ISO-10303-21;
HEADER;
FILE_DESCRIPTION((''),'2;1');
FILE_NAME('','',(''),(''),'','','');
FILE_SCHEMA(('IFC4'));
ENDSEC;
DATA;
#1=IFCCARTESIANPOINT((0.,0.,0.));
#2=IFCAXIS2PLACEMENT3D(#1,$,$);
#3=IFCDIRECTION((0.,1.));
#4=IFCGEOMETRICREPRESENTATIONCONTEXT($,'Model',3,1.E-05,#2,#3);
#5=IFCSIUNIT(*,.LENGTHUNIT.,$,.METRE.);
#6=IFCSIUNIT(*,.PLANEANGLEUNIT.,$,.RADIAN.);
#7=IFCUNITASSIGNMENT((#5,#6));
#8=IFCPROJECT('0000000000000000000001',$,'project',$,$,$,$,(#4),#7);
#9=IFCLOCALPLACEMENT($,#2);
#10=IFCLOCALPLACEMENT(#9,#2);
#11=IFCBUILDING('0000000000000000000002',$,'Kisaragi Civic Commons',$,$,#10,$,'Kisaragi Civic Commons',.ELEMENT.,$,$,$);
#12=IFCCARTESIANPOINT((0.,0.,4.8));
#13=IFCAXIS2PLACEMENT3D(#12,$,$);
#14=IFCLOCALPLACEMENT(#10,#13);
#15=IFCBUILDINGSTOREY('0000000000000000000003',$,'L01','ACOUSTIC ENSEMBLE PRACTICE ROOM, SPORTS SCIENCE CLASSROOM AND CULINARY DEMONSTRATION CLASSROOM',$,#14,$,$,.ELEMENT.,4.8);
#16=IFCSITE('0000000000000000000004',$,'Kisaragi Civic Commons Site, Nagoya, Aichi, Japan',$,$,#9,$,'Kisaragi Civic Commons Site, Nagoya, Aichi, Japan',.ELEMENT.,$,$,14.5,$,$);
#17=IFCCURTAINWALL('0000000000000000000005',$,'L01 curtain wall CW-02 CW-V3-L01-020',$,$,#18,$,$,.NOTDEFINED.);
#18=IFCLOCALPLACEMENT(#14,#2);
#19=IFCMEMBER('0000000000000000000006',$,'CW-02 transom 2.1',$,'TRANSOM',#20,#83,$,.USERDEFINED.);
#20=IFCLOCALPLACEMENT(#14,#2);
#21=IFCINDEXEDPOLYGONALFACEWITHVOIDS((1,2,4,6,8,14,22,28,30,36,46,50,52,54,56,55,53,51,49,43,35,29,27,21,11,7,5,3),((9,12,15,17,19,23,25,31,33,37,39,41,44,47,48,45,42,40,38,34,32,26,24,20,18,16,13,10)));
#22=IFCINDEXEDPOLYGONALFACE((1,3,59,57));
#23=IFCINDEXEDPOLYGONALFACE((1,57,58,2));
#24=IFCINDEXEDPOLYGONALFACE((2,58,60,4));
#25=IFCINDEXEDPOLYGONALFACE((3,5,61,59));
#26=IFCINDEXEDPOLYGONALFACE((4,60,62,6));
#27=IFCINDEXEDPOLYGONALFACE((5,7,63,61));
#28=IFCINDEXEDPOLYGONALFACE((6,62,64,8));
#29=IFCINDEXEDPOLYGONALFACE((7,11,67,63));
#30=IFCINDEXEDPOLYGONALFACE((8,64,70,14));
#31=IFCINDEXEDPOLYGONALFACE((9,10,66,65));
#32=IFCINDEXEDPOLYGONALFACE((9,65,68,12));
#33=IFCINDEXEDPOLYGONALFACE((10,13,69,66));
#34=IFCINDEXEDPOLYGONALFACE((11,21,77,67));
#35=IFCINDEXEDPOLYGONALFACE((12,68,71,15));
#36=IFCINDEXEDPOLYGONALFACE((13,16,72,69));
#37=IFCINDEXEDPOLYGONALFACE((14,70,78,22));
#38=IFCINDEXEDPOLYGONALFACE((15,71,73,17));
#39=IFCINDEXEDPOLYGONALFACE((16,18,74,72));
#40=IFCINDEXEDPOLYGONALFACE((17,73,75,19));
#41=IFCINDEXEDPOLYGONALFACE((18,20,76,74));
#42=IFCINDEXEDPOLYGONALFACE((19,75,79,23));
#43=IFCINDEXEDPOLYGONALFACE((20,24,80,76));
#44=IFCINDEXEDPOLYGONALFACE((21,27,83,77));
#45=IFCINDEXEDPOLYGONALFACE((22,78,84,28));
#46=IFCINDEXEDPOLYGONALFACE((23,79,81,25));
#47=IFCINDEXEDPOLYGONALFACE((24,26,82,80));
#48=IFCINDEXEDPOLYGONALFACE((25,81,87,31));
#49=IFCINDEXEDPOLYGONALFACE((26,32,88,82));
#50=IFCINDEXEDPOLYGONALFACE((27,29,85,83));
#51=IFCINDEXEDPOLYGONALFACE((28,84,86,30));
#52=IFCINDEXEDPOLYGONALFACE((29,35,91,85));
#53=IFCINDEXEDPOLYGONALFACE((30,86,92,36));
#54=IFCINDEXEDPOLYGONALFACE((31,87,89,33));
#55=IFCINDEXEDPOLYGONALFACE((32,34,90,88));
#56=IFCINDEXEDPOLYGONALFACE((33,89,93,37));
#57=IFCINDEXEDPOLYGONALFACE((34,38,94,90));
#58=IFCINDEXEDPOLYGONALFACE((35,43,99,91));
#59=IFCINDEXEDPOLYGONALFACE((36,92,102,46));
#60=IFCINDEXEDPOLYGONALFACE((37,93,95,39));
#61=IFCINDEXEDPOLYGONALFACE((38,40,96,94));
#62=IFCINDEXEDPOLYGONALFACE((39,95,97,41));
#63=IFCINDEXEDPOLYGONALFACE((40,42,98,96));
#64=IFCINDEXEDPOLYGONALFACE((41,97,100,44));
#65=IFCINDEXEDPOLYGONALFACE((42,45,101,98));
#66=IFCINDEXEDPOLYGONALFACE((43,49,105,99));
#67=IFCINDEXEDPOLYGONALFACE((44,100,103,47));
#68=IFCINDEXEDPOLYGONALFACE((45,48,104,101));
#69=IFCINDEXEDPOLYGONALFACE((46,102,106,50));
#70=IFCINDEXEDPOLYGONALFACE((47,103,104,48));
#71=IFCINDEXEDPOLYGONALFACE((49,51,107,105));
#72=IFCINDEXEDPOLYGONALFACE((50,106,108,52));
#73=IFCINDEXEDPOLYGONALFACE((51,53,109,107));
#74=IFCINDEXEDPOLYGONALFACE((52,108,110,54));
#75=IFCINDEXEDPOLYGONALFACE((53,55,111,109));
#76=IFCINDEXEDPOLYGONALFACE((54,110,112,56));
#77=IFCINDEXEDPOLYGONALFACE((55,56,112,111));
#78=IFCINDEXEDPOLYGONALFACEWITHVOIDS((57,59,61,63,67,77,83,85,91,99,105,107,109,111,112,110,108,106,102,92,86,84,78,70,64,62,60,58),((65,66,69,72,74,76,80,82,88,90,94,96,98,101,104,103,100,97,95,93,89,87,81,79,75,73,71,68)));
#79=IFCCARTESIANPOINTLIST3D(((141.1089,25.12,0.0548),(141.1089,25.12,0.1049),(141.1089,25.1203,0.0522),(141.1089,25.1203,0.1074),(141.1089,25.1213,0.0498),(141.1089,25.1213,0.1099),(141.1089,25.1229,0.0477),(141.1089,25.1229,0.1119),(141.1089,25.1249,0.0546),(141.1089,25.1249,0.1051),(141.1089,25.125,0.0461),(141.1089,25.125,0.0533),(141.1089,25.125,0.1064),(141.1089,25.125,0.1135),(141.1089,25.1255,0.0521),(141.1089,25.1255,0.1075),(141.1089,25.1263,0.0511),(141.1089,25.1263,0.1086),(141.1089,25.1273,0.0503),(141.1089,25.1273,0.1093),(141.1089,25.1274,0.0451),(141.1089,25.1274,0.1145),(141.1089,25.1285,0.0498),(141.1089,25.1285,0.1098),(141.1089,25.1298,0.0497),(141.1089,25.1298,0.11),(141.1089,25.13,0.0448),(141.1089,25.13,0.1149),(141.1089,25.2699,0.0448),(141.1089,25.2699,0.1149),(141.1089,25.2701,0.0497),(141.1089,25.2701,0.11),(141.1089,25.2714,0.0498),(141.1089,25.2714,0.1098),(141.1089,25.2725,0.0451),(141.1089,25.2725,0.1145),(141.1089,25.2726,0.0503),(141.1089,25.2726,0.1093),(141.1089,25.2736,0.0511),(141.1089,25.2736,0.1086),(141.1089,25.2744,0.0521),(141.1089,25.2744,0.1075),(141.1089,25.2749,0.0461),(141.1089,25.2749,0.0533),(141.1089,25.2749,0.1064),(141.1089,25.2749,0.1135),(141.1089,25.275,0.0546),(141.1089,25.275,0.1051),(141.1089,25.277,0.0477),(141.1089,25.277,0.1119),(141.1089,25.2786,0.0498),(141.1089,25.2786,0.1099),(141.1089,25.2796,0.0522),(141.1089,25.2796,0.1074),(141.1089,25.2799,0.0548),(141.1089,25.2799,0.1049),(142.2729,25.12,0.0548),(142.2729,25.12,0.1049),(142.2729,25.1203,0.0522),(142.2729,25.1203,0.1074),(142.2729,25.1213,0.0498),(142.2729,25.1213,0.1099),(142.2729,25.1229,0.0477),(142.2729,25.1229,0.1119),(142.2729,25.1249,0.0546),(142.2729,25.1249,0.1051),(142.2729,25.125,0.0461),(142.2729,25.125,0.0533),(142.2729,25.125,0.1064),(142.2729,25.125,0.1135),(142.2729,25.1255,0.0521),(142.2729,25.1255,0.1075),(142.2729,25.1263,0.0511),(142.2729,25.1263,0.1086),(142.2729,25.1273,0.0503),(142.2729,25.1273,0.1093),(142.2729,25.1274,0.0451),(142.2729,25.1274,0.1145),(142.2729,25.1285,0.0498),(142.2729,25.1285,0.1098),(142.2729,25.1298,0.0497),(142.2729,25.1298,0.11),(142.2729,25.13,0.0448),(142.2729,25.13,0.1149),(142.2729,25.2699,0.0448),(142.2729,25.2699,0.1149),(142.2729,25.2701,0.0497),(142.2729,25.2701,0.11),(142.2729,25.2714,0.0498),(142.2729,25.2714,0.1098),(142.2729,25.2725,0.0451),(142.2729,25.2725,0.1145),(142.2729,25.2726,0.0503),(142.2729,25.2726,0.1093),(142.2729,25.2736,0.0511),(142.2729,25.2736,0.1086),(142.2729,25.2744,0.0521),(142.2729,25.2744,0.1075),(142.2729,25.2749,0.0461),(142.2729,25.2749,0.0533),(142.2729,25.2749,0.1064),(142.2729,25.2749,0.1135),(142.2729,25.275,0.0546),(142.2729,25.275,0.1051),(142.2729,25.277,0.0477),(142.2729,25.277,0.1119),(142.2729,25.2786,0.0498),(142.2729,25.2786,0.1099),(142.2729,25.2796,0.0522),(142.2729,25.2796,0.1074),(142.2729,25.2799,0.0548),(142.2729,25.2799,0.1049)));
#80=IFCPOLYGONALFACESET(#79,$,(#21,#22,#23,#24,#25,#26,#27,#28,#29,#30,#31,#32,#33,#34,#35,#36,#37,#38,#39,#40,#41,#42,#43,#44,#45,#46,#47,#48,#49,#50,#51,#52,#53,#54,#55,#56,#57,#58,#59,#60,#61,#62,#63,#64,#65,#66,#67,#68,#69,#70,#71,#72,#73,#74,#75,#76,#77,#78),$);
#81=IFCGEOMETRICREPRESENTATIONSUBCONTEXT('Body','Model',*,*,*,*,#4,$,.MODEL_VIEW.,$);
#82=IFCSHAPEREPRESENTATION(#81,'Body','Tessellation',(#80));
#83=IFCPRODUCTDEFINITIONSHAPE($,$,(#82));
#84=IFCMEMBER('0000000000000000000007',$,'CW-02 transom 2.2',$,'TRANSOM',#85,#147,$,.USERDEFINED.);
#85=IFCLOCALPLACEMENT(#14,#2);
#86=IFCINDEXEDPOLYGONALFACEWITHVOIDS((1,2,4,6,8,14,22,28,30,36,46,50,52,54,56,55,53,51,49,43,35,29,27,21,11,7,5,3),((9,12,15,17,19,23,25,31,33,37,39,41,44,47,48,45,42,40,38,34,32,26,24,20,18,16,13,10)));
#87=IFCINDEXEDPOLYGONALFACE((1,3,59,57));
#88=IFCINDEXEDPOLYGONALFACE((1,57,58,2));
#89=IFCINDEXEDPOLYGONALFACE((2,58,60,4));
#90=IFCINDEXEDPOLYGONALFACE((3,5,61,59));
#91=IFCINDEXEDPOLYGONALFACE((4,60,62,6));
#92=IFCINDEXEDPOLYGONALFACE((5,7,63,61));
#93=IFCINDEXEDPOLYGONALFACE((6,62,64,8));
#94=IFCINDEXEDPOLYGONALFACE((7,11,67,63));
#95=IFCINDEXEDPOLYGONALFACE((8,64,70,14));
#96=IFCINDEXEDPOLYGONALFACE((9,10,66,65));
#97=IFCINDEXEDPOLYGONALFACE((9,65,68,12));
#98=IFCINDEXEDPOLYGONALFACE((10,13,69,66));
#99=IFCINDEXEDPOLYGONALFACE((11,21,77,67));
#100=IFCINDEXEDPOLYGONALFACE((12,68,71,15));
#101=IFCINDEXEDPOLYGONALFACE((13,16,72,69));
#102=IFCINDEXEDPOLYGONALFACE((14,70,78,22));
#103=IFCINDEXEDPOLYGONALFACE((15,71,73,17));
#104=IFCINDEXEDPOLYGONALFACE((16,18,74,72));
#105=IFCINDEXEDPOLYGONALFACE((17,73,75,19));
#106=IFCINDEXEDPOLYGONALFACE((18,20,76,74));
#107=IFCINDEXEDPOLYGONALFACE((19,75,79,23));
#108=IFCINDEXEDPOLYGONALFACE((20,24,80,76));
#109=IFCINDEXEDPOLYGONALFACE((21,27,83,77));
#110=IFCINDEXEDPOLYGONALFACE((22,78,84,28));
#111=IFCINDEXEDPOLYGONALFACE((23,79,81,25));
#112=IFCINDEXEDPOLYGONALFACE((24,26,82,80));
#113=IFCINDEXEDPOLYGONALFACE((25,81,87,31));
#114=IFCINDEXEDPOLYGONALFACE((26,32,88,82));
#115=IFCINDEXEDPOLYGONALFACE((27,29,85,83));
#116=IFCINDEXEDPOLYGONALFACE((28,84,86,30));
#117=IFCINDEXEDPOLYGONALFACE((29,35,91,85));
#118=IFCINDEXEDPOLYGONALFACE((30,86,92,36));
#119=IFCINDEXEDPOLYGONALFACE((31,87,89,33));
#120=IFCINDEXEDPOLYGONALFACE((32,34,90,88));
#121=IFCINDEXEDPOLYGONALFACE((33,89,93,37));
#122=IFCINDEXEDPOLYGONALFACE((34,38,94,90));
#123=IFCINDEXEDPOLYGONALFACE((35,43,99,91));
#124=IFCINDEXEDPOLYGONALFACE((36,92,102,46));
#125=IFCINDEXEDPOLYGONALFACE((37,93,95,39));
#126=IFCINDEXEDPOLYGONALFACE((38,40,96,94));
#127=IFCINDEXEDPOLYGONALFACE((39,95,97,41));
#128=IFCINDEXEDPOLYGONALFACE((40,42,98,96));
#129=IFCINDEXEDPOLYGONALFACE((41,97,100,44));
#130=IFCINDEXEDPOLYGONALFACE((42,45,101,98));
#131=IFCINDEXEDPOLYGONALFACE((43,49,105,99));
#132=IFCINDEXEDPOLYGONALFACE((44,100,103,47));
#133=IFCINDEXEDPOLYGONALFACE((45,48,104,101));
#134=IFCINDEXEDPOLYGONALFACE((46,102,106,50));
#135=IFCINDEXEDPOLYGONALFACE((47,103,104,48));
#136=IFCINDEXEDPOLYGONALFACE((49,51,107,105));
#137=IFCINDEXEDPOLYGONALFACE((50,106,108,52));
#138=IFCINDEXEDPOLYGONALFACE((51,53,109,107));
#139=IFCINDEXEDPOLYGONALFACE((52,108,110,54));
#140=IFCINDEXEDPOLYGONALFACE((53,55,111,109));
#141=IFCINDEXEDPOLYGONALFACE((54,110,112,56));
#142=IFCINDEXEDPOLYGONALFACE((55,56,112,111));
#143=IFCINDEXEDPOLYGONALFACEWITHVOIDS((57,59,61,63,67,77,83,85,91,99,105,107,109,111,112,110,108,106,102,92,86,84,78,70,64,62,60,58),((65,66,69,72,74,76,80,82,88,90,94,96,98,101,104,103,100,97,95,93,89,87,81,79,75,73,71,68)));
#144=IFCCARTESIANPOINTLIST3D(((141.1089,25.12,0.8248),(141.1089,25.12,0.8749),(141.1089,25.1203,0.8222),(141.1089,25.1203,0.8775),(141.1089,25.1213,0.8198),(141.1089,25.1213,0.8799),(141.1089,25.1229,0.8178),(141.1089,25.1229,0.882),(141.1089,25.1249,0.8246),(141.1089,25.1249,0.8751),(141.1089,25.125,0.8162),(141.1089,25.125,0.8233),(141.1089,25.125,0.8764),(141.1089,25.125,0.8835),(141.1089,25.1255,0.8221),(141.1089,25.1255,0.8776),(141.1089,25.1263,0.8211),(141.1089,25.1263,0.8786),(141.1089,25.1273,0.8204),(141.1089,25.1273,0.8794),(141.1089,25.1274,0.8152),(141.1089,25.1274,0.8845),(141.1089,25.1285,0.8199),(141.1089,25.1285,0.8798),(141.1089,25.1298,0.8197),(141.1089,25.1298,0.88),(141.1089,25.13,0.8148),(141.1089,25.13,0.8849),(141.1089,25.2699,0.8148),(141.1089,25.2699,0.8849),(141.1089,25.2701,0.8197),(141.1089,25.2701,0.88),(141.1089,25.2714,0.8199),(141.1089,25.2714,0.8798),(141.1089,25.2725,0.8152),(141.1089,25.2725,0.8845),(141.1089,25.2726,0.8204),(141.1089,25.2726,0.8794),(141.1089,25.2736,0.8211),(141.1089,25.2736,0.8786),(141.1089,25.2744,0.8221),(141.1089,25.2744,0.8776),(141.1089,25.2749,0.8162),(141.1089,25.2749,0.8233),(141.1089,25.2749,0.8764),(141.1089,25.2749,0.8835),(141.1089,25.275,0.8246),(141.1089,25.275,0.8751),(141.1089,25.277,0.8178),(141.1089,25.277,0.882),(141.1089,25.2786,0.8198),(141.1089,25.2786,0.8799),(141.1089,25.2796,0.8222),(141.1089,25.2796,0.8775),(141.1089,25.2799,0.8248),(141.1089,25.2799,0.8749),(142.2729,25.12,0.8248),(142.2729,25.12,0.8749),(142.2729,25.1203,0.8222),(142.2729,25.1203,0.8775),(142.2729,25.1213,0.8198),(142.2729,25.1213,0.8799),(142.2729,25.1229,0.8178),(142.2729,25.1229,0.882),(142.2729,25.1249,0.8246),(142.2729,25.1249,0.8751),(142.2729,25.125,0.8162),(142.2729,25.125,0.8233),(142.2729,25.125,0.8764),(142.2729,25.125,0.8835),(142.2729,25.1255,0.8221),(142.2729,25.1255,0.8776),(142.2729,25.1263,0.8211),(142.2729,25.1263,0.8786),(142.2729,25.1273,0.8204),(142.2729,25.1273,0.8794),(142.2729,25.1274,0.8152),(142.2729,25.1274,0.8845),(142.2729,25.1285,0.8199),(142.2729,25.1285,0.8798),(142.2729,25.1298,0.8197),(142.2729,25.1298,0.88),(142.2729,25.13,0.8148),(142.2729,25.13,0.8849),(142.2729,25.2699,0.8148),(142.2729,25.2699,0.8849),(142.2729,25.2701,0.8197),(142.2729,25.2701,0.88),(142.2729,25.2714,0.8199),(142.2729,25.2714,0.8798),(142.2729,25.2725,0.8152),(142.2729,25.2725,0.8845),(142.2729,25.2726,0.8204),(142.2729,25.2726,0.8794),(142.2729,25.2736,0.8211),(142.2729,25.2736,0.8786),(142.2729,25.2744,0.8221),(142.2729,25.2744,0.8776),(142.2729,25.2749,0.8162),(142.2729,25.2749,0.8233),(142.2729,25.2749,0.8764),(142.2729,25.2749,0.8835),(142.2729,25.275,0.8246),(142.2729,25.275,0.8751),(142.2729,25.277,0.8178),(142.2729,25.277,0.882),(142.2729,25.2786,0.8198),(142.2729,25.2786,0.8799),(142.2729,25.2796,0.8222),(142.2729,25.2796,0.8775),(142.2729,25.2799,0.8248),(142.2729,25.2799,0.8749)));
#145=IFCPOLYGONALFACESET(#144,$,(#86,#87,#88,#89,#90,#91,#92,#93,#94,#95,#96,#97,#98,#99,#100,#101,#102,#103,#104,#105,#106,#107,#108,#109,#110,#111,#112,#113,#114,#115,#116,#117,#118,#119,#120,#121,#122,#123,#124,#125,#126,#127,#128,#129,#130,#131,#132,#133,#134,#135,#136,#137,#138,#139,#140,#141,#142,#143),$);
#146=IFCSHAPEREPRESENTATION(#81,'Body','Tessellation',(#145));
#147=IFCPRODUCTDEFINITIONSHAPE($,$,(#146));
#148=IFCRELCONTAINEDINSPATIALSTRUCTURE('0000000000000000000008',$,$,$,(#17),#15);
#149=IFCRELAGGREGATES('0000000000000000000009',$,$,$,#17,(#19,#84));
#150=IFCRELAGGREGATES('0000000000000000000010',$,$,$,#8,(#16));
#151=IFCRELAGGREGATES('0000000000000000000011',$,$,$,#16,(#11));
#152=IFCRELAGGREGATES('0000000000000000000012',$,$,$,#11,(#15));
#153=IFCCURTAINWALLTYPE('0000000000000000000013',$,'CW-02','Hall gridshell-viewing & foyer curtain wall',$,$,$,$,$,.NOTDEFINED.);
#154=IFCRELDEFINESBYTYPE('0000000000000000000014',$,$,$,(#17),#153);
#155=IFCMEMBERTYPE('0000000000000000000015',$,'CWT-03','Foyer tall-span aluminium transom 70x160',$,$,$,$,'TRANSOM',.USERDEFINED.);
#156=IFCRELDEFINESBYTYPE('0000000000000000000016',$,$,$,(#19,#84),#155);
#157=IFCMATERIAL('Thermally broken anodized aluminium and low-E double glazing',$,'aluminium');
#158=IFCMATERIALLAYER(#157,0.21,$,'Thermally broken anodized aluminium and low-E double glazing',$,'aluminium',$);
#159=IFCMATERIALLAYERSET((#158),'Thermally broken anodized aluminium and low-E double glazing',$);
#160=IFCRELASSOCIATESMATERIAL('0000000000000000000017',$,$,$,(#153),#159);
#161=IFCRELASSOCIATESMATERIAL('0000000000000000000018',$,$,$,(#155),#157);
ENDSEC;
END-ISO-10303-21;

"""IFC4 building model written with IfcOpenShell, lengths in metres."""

from ifc_helpers import new_model, si_unit, direction, frame, origin, origin_2d, place, context, subcontext, project, spatial, hollow_rectangle, extrude, material, layer, layer_set, material_profile, profile_set, type_object, element, aggregate, save


model = new_model("IFC4")

# Units and contexts
model_context = context("Model", 3, precision=1e-05, world=origin(), true_north=direction((0.0, 1.0)))
body_context = subcontext(model_context, "Body", "Model", "MODEL_VIEW")
ifc_project = project(units=[si_unit("LENGTHUNIT", "METRE"), si_unit("PLANEANGLEUNIT", "RADIAN")], contexts=[model_context])

# Site, building, storey
site_placement = place(None, origin())
site = spatial("IfcSite", under=ifc_project, at=site_placement, Name="Kisaragi Civic Commons Site, Nagoya, Aichi, Japan", LongName="Kisaragi Civic Commons Site, Nagoya, Aichi, Japan", CompositionType="ELEMENT", RefElevation=14.5)
building_placement = place(site_placement, origin())
building = spatial("IfcBuilding", under=site, at=building_placement, Name="Kisaragi Civic Commons", LongName="Kisaragi Civic Commons", CompositionType="ELEMENT")
storey_placement = place(building_placement, frame((0.0, 0.0, 4.8)))
storey = spatial("IfcBuildingStorey", under=building, at=storey_placement, Name="L01", Description="ACOUSTIC ENSEMBLE PRACTICE ROOM, SPORTS SCIENCE CLASSROOM AND CULINARY DEMONSTRATION CLASSROOM", CompositionType="ELEMENT", Elevation=4.8)

# Shared definitions
ifc_material = material(Name="Thermally broken anodized aluminium and low-E double glazing", Category="aluminium")
ifc_layer_1 = layer(ifc_material, 0.21, Name="Thermally broken anodized aluminium and low-E double glazing", Category="aluminium")
ifc_layer_set_1 = layer_set([ifc_layer_1], Name="Thermally broken anodized aluminium and low-E double glazing")
curtain_wall_type = type_object("IfcCurtainWallType", Name="CW-02", Description="Hall gridshell-viewing & foyer curtain wall", PredefinedType="NOTDEFINED", material=ifc_layer_set_1)

# Curtain wall, members
curtain_wall_1_placement = place(storey_placement, origin())
curtain_wall_1 = element("IfcCurtainWall", 1, at=curtain_wall_1_placement, inside=storey, type_object=curtain_wall_type, Name="L01 curtain wall CW-02 CW-V3-L01-020", PredefinedType="NOTDEFINED")
ifc_material_profile_1 = material_profile(ifc_material, hollow_rectangle(XDim=0.1599, YDim=0.0701, WallThickness=0.0049, InnerFilletRadius=0.0049, OuterFilletRadius=0.01, at=origin_2d()), Name="CWT-70x160x5", Category="aluminium")
ifc_profile_set_1 = profile_set([ifc_material_profile_1], Name="Thermally broken anodized aluminium and low-E double glazing")
member_type_1 = type_object("IfcMemberType", Name="CWT-03", Description="Foyer tall-span aluminium transom 70x160", ElementType="TRANSOM", PredefinedType="USERDEFINED", material=ifc_profile_set_1)
member_1_placement = place(storey_placement, frame((141.1089, 25.2, 0.0798), z_axis=(1.0, 0.0, 0.0), x_axis=(0.0, 1.0, 0.0)))
member_1 = element("IfcMember", 2, at=member_1_placement, type_object=member_type_1, Name="CW-02 transom 2.1", ObjectType="TRANSOM", PredefinedType="USERDEFINED", context=body_context, shape_type="SweptSolid", body=[
    extrude(hollow_rectangle(XDim=0.1599, YDim=0.0701, WallThickness=0.0049, InnerFilletRadius=0.0049, OuterFilletRadius=0.01, at=origin_2d()), origin(), (0.0, 0.0, 1.0), 1.1641),
])
member_2_placement = place(storey_placement, frame((141.1089, 25.2, 0.8499), z_axis=(1.0, 0.0, 0.0), x_axis=(0.0, 1.0, 0.0)))
member_2 = element("IfcMember", 3, at=member_2_placement, type_object=member_type_1, Name="CW-02 transom 2.2", ObjectType="TRANSOM", PredefinedType="USERDEFINED", context=body_context, shape_type="SweptSolid", body=[
    extrude(hollow_rectangle(XDim=0.1599, YDim=0.0701, WallThickness=0.0049, InnerFilletRadius=0.0049, OuterFilletRadius=0.01, at=origin_2d()), origin(), (0.0, 0.0, 1.0), 1.1641),
])

aggregate(curtain_wall_1, [member_1, member_2])

save(model, "model.ifc")
